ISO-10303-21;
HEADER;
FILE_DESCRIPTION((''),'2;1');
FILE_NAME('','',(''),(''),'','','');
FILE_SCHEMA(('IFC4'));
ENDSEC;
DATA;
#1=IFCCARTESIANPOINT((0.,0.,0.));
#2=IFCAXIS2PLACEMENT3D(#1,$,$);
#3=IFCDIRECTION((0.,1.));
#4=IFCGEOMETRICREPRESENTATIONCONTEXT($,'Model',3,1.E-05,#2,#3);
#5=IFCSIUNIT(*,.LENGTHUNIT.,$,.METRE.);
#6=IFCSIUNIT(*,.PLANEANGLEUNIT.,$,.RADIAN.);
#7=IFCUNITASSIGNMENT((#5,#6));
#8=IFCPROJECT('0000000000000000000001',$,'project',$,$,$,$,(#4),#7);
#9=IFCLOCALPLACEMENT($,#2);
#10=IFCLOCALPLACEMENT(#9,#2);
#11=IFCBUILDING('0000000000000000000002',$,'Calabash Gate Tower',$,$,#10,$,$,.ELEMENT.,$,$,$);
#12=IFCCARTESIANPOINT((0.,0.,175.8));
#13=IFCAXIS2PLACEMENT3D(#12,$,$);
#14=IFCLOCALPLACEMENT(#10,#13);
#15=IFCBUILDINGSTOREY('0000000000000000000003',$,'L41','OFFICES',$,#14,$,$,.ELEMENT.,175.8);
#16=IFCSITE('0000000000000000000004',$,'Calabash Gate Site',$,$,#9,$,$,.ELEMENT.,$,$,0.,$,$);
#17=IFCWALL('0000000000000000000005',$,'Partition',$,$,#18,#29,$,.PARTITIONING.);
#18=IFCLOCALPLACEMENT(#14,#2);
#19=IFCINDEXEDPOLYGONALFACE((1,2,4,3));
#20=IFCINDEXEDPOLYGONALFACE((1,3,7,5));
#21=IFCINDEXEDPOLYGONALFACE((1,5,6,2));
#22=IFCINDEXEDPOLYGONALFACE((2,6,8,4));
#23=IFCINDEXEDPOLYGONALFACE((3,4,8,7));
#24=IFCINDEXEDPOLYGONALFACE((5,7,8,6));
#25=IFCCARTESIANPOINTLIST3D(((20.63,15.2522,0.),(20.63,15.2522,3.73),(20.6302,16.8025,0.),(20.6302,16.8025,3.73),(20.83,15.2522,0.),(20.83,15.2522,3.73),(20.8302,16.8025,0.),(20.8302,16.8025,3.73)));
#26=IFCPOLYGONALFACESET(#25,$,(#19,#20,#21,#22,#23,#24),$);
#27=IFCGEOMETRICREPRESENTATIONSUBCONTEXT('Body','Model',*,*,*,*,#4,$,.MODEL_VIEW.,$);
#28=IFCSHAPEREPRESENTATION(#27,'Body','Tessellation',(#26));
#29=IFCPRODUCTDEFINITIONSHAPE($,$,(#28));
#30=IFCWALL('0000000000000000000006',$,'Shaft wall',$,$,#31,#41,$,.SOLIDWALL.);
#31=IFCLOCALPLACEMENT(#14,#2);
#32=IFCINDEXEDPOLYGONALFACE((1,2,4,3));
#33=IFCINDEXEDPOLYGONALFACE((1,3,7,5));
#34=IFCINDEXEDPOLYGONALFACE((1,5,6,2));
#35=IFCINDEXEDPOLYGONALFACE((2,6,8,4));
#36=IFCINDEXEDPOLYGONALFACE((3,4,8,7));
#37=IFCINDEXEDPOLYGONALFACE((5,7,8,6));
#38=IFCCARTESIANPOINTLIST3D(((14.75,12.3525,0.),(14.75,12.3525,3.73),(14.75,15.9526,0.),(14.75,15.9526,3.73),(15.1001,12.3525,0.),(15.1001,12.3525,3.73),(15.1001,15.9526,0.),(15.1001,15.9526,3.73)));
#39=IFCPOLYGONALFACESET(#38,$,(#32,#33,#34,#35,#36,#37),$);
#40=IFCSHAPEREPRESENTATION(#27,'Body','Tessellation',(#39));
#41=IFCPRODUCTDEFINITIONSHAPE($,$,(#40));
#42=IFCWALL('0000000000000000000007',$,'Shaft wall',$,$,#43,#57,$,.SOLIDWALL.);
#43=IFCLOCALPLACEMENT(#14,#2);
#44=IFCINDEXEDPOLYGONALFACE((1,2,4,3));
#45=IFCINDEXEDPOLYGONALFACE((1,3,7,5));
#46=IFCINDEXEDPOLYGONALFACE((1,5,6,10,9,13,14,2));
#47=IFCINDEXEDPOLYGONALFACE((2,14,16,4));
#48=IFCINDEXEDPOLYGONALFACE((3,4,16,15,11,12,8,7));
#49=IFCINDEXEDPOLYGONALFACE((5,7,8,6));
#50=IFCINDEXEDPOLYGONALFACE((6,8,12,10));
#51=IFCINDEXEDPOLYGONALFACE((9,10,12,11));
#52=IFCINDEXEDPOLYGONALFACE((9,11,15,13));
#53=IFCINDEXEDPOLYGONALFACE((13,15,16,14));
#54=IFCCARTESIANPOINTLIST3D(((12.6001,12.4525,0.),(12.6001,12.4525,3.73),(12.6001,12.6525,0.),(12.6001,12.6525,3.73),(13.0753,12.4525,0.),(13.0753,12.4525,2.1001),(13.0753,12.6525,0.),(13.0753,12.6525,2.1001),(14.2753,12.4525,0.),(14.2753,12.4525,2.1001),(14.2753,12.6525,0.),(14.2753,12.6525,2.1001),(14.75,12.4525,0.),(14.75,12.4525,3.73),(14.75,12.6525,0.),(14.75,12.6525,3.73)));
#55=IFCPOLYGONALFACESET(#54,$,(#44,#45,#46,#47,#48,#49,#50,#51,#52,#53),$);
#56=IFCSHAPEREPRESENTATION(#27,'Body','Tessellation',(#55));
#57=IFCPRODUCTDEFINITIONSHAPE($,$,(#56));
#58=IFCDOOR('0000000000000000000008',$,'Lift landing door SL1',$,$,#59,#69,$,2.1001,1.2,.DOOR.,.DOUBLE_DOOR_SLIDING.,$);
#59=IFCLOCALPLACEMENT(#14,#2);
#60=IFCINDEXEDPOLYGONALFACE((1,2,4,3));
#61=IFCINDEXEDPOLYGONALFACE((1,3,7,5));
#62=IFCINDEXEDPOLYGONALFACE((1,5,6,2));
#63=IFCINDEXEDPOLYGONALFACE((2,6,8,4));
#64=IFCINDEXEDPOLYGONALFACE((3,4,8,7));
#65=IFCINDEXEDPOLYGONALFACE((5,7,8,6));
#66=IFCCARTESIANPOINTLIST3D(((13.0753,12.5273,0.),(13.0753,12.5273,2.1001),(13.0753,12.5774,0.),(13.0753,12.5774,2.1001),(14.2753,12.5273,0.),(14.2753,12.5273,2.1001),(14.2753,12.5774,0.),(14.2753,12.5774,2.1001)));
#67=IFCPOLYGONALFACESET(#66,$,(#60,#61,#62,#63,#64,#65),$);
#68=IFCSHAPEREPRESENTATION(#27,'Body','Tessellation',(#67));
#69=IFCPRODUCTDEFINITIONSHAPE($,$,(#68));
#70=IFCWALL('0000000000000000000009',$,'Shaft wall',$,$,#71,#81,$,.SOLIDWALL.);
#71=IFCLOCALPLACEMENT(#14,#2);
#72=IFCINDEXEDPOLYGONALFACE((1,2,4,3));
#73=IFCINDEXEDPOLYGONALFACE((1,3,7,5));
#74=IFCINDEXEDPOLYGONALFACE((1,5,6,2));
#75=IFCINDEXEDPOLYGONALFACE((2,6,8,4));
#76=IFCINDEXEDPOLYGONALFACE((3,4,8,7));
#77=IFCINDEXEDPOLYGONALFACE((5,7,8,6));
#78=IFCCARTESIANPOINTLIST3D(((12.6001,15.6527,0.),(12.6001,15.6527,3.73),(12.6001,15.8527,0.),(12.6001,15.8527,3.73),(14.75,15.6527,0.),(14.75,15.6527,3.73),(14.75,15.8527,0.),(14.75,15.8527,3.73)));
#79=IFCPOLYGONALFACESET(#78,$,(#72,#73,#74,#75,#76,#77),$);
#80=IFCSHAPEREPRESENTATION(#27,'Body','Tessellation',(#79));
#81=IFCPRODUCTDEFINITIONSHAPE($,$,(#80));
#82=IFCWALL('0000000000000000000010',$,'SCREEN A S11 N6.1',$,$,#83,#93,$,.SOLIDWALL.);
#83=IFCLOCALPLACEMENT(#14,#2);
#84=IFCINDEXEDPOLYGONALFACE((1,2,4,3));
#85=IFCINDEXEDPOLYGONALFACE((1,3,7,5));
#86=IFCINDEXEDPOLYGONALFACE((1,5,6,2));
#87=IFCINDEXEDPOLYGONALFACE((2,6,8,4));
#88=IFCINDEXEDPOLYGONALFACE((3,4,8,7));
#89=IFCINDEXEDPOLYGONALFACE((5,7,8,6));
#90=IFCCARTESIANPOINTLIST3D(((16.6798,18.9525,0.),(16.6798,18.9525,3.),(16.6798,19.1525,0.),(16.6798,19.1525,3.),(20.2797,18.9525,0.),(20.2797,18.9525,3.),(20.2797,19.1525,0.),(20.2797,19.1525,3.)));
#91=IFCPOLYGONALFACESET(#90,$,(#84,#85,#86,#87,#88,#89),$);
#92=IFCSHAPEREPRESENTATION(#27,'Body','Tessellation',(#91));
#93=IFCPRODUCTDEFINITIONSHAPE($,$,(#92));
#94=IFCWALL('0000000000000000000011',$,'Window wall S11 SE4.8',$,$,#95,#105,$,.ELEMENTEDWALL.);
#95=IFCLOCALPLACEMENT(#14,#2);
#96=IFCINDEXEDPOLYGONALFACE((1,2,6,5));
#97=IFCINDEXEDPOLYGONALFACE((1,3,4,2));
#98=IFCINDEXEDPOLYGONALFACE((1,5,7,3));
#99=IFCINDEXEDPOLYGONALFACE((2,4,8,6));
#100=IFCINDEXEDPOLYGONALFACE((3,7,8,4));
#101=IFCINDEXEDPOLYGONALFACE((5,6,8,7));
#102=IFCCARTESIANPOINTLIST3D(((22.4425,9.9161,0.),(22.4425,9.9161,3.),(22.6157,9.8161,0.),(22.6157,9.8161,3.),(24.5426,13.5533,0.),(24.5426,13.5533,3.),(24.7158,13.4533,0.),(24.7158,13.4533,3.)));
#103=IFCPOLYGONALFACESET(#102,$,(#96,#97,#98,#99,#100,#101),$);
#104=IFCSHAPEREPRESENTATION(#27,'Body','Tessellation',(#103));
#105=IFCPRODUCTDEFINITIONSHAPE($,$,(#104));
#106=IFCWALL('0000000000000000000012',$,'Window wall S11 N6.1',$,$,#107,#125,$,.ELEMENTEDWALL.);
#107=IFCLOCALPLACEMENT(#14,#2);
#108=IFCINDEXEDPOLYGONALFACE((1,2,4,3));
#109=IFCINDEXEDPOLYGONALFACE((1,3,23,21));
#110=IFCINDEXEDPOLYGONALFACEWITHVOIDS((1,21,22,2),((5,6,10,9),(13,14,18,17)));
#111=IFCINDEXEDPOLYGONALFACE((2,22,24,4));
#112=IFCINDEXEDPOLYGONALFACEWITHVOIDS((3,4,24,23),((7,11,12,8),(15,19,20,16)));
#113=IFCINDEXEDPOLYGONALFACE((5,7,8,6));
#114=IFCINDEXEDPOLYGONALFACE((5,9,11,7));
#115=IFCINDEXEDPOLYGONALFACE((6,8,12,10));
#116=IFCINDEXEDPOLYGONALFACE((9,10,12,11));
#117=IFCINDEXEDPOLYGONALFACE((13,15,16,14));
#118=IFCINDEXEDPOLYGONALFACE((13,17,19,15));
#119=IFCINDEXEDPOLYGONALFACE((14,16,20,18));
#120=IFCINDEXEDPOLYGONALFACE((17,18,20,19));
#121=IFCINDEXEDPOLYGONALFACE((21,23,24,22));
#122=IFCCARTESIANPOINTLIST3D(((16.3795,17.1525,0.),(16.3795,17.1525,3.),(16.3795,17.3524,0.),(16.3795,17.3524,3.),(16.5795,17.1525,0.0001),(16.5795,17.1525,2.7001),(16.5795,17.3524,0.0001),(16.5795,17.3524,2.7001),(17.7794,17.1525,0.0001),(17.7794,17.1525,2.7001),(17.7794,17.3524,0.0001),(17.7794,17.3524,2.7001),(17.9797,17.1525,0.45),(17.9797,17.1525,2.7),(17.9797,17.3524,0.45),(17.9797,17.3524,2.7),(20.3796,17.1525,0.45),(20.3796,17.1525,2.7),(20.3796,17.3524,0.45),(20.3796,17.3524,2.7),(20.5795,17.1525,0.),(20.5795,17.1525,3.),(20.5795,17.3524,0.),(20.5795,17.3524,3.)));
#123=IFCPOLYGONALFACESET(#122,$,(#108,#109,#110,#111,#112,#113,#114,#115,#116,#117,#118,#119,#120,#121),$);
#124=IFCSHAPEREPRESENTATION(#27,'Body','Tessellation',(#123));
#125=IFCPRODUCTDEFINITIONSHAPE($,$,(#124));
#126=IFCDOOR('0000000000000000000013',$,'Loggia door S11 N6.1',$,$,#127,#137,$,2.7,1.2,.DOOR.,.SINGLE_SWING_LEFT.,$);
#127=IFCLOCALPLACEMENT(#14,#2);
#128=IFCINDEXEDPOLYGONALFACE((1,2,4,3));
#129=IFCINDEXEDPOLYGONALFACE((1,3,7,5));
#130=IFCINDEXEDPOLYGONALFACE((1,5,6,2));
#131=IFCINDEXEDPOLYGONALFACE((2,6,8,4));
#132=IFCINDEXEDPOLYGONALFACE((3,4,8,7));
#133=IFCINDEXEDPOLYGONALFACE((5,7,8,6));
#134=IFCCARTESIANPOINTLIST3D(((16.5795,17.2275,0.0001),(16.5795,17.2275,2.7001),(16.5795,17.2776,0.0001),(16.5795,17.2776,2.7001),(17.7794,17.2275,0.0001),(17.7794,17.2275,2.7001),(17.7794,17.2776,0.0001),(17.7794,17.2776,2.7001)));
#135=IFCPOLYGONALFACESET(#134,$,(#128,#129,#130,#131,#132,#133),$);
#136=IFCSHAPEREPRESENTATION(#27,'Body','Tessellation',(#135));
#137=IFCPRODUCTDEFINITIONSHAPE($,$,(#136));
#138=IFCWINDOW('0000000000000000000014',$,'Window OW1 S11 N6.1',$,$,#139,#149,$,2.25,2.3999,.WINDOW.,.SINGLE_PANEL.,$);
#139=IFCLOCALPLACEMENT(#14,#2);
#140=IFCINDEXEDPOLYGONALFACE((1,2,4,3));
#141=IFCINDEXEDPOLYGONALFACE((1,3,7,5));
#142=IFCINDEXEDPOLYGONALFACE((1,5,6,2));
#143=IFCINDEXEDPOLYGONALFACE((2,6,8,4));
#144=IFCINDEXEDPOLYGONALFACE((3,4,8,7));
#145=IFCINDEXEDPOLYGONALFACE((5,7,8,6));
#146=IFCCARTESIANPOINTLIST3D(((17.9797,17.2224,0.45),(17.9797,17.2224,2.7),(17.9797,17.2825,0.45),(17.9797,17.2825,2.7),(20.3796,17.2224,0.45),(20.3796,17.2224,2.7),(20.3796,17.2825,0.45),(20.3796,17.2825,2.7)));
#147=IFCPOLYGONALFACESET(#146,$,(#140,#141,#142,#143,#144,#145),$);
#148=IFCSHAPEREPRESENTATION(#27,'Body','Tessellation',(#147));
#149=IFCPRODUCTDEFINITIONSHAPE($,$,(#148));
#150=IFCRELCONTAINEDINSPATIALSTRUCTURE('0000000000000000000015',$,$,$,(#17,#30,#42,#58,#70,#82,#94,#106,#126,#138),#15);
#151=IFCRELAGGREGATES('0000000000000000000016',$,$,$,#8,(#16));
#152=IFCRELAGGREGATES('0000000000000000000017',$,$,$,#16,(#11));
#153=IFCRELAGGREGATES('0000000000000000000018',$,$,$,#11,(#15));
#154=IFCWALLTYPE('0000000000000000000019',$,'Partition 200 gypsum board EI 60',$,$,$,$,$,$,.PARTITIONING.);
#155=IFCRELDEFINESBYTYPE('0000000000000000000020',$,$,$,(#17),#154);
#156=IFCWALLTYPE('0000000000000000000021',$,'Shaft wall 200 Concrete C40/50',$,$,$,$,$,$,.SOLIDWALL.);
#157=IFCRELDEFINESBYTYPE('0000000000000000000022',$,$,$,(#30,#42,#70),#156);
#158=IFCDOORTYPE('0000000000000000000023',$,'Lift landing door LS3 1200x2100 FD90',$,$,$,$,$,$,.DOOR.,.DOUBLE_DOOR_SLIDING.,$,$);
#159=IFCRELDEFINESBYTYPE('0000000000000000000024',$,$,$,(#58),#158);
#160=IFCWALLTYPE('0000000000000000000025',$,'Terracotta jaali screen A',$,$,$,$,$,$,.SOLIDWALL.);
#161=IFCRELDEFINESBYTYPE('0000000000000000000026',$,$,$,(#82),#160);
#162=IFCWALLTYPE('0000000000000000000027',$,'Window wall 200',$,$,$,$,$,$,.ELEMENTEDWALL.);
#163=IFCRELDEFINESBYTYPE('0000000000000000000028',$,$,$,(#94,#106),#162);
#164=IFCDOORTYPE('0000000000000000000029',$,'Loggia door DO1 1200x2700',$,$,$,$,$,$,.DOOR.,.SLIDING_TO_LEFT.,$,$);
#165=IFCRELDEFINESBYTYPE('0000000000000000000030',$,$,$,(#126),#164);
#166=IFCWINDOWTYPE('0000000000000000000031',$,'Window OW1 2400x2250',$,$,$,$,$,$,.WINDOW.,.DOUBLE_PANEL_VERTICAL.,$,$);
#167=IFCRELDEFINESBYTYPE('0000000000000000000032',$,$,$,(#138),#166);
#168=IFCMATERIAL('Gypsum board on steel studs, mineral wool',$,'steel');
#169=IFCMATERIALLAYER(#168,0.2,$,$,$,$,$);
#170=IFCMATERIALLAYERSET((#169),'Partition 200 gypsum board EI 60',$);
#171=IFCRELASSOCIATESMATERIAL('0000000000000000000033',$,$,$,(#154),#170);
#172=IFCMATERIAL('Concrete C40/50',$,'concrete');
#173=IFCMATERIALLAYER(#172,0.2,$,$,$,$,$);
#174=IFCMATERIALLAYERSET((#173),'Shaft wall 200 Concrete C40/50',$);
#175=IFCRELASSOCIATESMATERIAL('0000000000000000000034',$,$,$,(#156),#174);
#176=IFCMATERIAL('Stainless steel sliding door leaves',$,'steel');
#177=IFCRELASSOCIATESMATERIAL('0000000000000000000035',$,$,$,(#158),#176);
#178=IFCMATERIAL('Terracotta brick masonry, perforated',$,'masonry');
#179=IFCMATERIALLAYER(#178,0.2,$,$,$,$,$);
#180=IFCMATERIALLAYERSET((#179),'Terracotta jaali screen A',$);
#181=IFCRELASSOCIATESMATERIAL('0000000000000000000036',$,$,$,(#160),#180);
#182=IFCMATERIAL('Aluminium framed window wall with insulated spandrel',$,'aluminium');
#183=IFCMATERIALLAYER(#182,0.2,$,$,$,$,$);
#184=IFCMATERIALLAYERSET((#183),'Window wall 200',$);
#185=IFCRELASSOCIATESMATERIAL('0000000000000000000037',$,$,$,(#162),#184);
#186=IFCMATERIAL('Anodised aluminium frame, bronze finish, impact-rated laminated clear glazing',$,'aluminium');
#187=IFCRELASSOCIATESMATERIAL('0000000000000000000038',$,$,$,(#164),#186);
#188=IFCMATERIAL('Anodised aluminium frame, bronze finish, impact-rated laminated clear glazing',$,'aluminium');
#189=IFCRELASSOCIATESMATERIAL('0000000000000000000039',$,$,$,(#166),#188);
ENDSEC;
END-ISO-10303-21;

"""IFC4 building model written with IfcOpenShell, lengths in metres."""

from ifc_helpers import new_model, si_unit, direction, frame, frame_2d, origin, place, context, subcontext, project, spatial, rectangle, extrude, material, layer, layer_set, type_object, element, fill, save


model = new_model("IFC4")

# Units and contexts
model_context = context("Model", 3, precision=1e-05, world=origin(), true_north=direction((0.0, 1.0)))
body_context = subcontext(model_context, "Body", "Model", "MODEL_VIEW")
ifc_project = project(units=[si_unit("LENGTHUNIT", "METRE"), si_unit("PLANEANGLEUNIT", "RADIAN")], contexts=[model_context])

# Site, building, storey
site_placement = place(None, origin())
site = spatial("IfcSite", under=ifc_project, at=site_placement, Name="Calabash Gate Site", CompositionType="ELEMENT", RefElevation=0.0)
building_placement = place(site_placement, origin())
building = spatial("IfcBuilding", under=site, at=building_placement, Name="Calabash Gate Tower", CompositionType="ELEMENT")
storey_placement = place(building_placement, frame((0.0, 0.0, 175.8)))
storey = spatial("IfcBuildingStorey", under=building, at=storey_placement, Name="L41", Description="OFFICES", CompositionType="ELEMENT", Elevation=175.8)

# Walls
ifc_material_1 = material(Name="Gypsum board on steel studs, mineral wool", Category="steel")
ifc_layer_1 = layer(ifc_material_1, 0.2)
ifc_layer_set_1 = layer_set([ifc_layer_1], Name="Partition 200 gypsum board EI 60")
wall_type_1 = type_object("IfcWallType", Name="Partition 200 gypsum board EI 60", PredefinedType="PARTITIONING", material=ifc_layer_set_1)
wall_1_placement = place(storey_placement, frame((20.73, 15.2522, 0.0), z_axis=(0.0, 0.0, 1.0), x_axis=(0.000157, 1.0, 0.0)))
element("IfcWall", 1, at=wall_1_placement, inside=storey, type_object=wall_type_1, Name="Partition", PredefinedType="PARTITIONING", context=body_context, shape_type="SweptSolid", body=[
    extrude(rectangle(XDim=1.5503, YDim=0.2, at=frame_2d((0.7751, 0.0))), origin(), (0.0, 0.0, 1.0), 3.73),
])
ifc_material_2 = material(Name="Concrete C40/50", Category="concrete")
ifc_layer_2 = layer(ifc_material_2, 0.2)
ifc_layer_set_2 = layer_set([ifc_layer_2], Name="Shaft wall 200 Concrete C40/50")
wall_type_2 = type_object("IfcWallType", Name="Shaft wall 200 Concrete C40/50", PredefinedType="SOLIDWALL", material=ifc_layer_set_2)
wall_2_placement = place(storey_placement, frame((14.925, 12.3525, 0.0), z_axis=(0.0, 0.0, 1.0), x_axis=(0.0, 1.0, 0.0)))
element("IfcWall", 2, at=wall_2_placement, inside=storey, type_object=wall_type_2, Name="Shaft wall", PredefinedType="SOLIDWALL", context=body_context, shape_type="SweptSolid", body=[
    extrude(rectangle(XDim=3.6001, YDim=0.3501, at=frame_2d((1.8, 0.0))), origin(), (0.0, 0.0, 1.0), 3.73),
])

# Wall, opening, door
wall_3_placement = place(storey_placement, frame((12.6001, 12.5525, 0.0), z_axis=(0.0, 0.0, 1.0), x_axis=(1.0, 0.0, 0.0)))
wall_3 = element("IfcWall", 3, at=wall_3_placement, inside=storey, type_object=wall_type_2, Name="Shaft wall", PredefinedType="SOLIDWALL", context=body_context, shape_type="SweptSolid", body=[
    extrude(rectangle(XDim=2.1499, YDim=0.2, at=frame_2d((1.075, 0.0))), origin(), (0.0, 0.0, 1.0), 3.73),
])
opening_1_placement = place(wall_3_placement, frame((0.4751, 0.0, 0.0)))
opening_1 = element("IfcOpeningElement", 4, at=opening_1_placement, cuts=wall_3, PredefinedType="OPENING", context=body_context, shape_type="SweptSolid", body=[
    extrude(rectangle(XDim=1.2, YDim=2.1001, at=frame_2d((0.6001, 1.05))), frame((0.0, 0.1099, 0.0), z_axis=(0.0, -1.0, 0.0), x_axis=(1.0, 0.0, 0.0)), (0.0, 0.0, 1.0), 0.22),
])
ifc_material_3 = material(Name="Stainless steel sliding door leaves", Category="steel")
door_type_1 = type_object("IfcDoorType", Name="Lift landing door LS3 1200x2100 FD90", OperationType="DOUBLE_DOOR_SLIDING", PredefinedType="DOOR", material=ifc_material_3)
door_1_placement = place(opening_1_placement, origin())
door_1 = element("IfcDoor", 5, at=door_1_placement, inside=storey, type_object=door_type_1, Name="Lift landing door SL1", OperationType="DOUBLE_DOOR_SLIDING", OverallHeight=2.1001, OverallWidth=1.2, PredefinedType="DOOR", context=body_context, shape_type="SweptSolid", body=[
    extrude(rectangle(XDim=1.2, YDim=2.1001, at=frame_2d((0.6001, 1.05))), frame((0.0, 0.0249, 0.0), z_axis=(0.0, -1.0, 0.0), x_axis=(1.0, 0.0, 0.0)), (0.0, 0.0, 1.0), 0.05),
])
fill(opening_1, door_1)

# Walls
wall_4_placement = place(storey_placement, frame((12.6001, 15.7527, 0.0), z_axis=(0.0, 0.0, 1.0), x_axis=(1.0, 0.0, 0.0)))
element("IfcWall", 6, at=wall_4_placement, inside=storey, type_object=wall_type_2, Name="Shaft wall", PredefinedType="SOLIDWALL", context=body_context, shape_type="SweptSolid", body=[
    extrude(rectangle(XDim=2.1499, YDim=0.2, at=frame_2d((1.075, 0.0))), origin(), (0.0, 0.0, 1.0), 3.73),
])
ifc_material_4 = material(Name="Terracotta brick masonry, perforated", Category="masonry")
ifc_layer_3 = layer(ifc_material_4, 0.2)
ifc_layer_set_3 = layer_set([ifc_layer_3], Name="Terracotta jaali screen A")
wall_type_3 = type_object("IfcWallType", Name="Terracotta jaali screen A", PredefinedType="SOLIDWALL", material=ifc_layer_set_3)
wall_5_placement = place(storey_placement, frame((20.2795, 19.0525, 0.0), z_axis=(0.0, 0.0, 1.0), x_axis=(-1.0, 0.0, 0.0)))
element("IfcWall", 7, at=wall_5_placement, inside=storey, type_object=wall_type_3, Name="SCREEN A S11 N6.1", PredefinedType="SOLIDWALL", context=body_context, shape_type="SweptSolid", body=[
    extrude(rectangle(XDim=3.5999, YDim=0.2, at=frame_2d((1.7998, 0.0))), origin(), (0.0, 0.0, 1.0), 3.0),
])
ifc_material_5 = material(Name="Aluminium framed window wall with insulated spandrel", Category="aluminium")
ifc_layer_4 = layer(ifc_material_5, 0.2)
ifc_layer_set_4 = layer_set([ifc_layer_4], Name="Window wall 200")
wall_type_4 = type_object("IfcWallType", Name="Window wall 200", PredefinedType="ELEMENTEDWALL", material=ifc_layer_set_4)
wall_6_placement = place(storey_placement, frame((22.5291, 9.866, 0.0), z_axis=(0.0, 0.0, 1.0), x_axis=(0.500028, 0.866009, 0.0)))
element("IfcWall", 8, at=wall_6_placement, inside=storey, type_object=wall_type_4, Name="Window wall S11 SE4.8", PredefinedType="ELEMENTEDWALL", context=body_context, shape_type="SweptSolid", body=[
    extrude(rectangle(XDim=4.2, YDim=0.2, at=frame_2d((2.1001, 0.0))), origin(), (0.0, 0.0, 1.0), 3.0),
])

# Wall, openings, door, window
wall_7_placement = place(storey_placement, frame((20.5796, 17.2524, 0.0), z_axis=(0.0, 0.0, 1.0), x_axis=(-1.0, 0.0, 0.0)))
wall_7 = element("IfcWall", 9, at=wall_7_placement, inside=storey, type_object=wall_type_4, Name="Window wall S11 N6.1", PredefinedType="ELEMENTEDWALL", context=body_context, shape_type="SweptSolid", body=[
    extrude(rectangle(XDim=4.2, YDim=0.2, at=frame_2d((2.1001, 0.0))), origin(), (0.0, 0.0, 1.0), 3.0),
])
opening_2_placement = place(wall_7_placement, frame((0.2, 0.0, 0.45)))
opening_2 = element("IfcOpeningElement", 10, at=opening_2_placement, cuts=wall_7, PredefinedType="OPENING", context=body_context, shape_type="SweptSolid", body=[
    extrude(rectangle(XDim=2.3999, YDim=2.25, at=frame_2d((1.2, 1.125))), frame((0.0, 0.1099, 0.0), z_axis=(0.0, -1.0, 0.0), x_axis=(1.0, 0.0, 0.0)), (0.0, 0.0, 1.0), 0.22),
])
opening_3_placement = place(wall_7_placement, frame((2.8, 0.0, 0.0)))
opening_3 = element("IfcOpeningElement", 11, at=opening_3_placement, cuts=wall_7, PredefinedType="OPENING", context=body_context, shape_type="SweptSolid", body=[
    extrude(rectangle(XDim=1.2, YDim=2.7, at=frame_2d((0.6001, 1.3501))), frame((0.0, 0.1099, 0.0), z_axis=(0.0, -1.0, 0.0), x_axis=(1.0, 0.0, 0.0)), (0.0, 0.0, 1.0), 0.22),
])
ifc_material_6 = material(Name="Anodised aluminium frame, bronze finish, impact-rated laminated clear glazing", Category="aluminium")
door_type_2 = type_object("IfcDoorType", Name="Loggia door DO1 1200x2700", OperationType="SLIDING_TO_LEFT", PredefinedType="DOOR", material=ifc_material_6)
door_2_placement = place(opening_3_placement, origin())
door_2 = element("IfcDoor", 12, at=door_2_placement, inside=storey, type_object=door_type_2, Name="Loggia door S11 N6.1", OperationType="SINGLE_SWING_LEFT", OverallHeight=2.7, OverallWidth=1.2, PredefinedType="DOOR", context=body_context, shape_type="SweptSolid", body=[
    extrude(rectangle(XDim=1.2, YDim=2.7, at=frame_2d((0.6001, 1.3501))), frame((0.0, 0.0249, 0.0), z_axis=(0.0, -1.0, 0.0), x_axis=(1.0, 0.0, 0.0)), (0.0, 0.0, 1.0), 0.05),
])
fill(opening_3, door_2)
ifc_material_7 = material(Name="Anodised aluminium frame, bronze finish, impact-rated laminated clear glazing", Category="aluminium")
window_type = type_object("IfcWindowType", Name="Window OW1 2400x2250", PartitioningType="DOUBLE_PANEL_VERTICAL", PredefinedType="WINDOW", material=ifc_material_7)
window_placement = place(opening_2_placement, origin())
window = element("IfcWindow", 13, at=window_placement, inside=storey, type_object=window_type, Name="Window OW1 S11 N6.1", OverallHeight=2.25, OverallWidth=2.3999, PartitioningType="SINGLE_PANEL", PredefinedType="WINDOW", context=body_context, shape_type="SweptSolid", body=[
    extrude(rectangle(XDim=2.3999, YDim=2.25, at=frame_2d((1.2, 1.125))), frame((0.0, 0.03, 0.0), z_axis=(0.0, -1.0, 0.0), x_axis=(1.0, 0.0, 0.0)), (0.0, 0.0, 1.0), 0.0601),
])
fill(opening_2, window)

save(model, "model.ifc")
